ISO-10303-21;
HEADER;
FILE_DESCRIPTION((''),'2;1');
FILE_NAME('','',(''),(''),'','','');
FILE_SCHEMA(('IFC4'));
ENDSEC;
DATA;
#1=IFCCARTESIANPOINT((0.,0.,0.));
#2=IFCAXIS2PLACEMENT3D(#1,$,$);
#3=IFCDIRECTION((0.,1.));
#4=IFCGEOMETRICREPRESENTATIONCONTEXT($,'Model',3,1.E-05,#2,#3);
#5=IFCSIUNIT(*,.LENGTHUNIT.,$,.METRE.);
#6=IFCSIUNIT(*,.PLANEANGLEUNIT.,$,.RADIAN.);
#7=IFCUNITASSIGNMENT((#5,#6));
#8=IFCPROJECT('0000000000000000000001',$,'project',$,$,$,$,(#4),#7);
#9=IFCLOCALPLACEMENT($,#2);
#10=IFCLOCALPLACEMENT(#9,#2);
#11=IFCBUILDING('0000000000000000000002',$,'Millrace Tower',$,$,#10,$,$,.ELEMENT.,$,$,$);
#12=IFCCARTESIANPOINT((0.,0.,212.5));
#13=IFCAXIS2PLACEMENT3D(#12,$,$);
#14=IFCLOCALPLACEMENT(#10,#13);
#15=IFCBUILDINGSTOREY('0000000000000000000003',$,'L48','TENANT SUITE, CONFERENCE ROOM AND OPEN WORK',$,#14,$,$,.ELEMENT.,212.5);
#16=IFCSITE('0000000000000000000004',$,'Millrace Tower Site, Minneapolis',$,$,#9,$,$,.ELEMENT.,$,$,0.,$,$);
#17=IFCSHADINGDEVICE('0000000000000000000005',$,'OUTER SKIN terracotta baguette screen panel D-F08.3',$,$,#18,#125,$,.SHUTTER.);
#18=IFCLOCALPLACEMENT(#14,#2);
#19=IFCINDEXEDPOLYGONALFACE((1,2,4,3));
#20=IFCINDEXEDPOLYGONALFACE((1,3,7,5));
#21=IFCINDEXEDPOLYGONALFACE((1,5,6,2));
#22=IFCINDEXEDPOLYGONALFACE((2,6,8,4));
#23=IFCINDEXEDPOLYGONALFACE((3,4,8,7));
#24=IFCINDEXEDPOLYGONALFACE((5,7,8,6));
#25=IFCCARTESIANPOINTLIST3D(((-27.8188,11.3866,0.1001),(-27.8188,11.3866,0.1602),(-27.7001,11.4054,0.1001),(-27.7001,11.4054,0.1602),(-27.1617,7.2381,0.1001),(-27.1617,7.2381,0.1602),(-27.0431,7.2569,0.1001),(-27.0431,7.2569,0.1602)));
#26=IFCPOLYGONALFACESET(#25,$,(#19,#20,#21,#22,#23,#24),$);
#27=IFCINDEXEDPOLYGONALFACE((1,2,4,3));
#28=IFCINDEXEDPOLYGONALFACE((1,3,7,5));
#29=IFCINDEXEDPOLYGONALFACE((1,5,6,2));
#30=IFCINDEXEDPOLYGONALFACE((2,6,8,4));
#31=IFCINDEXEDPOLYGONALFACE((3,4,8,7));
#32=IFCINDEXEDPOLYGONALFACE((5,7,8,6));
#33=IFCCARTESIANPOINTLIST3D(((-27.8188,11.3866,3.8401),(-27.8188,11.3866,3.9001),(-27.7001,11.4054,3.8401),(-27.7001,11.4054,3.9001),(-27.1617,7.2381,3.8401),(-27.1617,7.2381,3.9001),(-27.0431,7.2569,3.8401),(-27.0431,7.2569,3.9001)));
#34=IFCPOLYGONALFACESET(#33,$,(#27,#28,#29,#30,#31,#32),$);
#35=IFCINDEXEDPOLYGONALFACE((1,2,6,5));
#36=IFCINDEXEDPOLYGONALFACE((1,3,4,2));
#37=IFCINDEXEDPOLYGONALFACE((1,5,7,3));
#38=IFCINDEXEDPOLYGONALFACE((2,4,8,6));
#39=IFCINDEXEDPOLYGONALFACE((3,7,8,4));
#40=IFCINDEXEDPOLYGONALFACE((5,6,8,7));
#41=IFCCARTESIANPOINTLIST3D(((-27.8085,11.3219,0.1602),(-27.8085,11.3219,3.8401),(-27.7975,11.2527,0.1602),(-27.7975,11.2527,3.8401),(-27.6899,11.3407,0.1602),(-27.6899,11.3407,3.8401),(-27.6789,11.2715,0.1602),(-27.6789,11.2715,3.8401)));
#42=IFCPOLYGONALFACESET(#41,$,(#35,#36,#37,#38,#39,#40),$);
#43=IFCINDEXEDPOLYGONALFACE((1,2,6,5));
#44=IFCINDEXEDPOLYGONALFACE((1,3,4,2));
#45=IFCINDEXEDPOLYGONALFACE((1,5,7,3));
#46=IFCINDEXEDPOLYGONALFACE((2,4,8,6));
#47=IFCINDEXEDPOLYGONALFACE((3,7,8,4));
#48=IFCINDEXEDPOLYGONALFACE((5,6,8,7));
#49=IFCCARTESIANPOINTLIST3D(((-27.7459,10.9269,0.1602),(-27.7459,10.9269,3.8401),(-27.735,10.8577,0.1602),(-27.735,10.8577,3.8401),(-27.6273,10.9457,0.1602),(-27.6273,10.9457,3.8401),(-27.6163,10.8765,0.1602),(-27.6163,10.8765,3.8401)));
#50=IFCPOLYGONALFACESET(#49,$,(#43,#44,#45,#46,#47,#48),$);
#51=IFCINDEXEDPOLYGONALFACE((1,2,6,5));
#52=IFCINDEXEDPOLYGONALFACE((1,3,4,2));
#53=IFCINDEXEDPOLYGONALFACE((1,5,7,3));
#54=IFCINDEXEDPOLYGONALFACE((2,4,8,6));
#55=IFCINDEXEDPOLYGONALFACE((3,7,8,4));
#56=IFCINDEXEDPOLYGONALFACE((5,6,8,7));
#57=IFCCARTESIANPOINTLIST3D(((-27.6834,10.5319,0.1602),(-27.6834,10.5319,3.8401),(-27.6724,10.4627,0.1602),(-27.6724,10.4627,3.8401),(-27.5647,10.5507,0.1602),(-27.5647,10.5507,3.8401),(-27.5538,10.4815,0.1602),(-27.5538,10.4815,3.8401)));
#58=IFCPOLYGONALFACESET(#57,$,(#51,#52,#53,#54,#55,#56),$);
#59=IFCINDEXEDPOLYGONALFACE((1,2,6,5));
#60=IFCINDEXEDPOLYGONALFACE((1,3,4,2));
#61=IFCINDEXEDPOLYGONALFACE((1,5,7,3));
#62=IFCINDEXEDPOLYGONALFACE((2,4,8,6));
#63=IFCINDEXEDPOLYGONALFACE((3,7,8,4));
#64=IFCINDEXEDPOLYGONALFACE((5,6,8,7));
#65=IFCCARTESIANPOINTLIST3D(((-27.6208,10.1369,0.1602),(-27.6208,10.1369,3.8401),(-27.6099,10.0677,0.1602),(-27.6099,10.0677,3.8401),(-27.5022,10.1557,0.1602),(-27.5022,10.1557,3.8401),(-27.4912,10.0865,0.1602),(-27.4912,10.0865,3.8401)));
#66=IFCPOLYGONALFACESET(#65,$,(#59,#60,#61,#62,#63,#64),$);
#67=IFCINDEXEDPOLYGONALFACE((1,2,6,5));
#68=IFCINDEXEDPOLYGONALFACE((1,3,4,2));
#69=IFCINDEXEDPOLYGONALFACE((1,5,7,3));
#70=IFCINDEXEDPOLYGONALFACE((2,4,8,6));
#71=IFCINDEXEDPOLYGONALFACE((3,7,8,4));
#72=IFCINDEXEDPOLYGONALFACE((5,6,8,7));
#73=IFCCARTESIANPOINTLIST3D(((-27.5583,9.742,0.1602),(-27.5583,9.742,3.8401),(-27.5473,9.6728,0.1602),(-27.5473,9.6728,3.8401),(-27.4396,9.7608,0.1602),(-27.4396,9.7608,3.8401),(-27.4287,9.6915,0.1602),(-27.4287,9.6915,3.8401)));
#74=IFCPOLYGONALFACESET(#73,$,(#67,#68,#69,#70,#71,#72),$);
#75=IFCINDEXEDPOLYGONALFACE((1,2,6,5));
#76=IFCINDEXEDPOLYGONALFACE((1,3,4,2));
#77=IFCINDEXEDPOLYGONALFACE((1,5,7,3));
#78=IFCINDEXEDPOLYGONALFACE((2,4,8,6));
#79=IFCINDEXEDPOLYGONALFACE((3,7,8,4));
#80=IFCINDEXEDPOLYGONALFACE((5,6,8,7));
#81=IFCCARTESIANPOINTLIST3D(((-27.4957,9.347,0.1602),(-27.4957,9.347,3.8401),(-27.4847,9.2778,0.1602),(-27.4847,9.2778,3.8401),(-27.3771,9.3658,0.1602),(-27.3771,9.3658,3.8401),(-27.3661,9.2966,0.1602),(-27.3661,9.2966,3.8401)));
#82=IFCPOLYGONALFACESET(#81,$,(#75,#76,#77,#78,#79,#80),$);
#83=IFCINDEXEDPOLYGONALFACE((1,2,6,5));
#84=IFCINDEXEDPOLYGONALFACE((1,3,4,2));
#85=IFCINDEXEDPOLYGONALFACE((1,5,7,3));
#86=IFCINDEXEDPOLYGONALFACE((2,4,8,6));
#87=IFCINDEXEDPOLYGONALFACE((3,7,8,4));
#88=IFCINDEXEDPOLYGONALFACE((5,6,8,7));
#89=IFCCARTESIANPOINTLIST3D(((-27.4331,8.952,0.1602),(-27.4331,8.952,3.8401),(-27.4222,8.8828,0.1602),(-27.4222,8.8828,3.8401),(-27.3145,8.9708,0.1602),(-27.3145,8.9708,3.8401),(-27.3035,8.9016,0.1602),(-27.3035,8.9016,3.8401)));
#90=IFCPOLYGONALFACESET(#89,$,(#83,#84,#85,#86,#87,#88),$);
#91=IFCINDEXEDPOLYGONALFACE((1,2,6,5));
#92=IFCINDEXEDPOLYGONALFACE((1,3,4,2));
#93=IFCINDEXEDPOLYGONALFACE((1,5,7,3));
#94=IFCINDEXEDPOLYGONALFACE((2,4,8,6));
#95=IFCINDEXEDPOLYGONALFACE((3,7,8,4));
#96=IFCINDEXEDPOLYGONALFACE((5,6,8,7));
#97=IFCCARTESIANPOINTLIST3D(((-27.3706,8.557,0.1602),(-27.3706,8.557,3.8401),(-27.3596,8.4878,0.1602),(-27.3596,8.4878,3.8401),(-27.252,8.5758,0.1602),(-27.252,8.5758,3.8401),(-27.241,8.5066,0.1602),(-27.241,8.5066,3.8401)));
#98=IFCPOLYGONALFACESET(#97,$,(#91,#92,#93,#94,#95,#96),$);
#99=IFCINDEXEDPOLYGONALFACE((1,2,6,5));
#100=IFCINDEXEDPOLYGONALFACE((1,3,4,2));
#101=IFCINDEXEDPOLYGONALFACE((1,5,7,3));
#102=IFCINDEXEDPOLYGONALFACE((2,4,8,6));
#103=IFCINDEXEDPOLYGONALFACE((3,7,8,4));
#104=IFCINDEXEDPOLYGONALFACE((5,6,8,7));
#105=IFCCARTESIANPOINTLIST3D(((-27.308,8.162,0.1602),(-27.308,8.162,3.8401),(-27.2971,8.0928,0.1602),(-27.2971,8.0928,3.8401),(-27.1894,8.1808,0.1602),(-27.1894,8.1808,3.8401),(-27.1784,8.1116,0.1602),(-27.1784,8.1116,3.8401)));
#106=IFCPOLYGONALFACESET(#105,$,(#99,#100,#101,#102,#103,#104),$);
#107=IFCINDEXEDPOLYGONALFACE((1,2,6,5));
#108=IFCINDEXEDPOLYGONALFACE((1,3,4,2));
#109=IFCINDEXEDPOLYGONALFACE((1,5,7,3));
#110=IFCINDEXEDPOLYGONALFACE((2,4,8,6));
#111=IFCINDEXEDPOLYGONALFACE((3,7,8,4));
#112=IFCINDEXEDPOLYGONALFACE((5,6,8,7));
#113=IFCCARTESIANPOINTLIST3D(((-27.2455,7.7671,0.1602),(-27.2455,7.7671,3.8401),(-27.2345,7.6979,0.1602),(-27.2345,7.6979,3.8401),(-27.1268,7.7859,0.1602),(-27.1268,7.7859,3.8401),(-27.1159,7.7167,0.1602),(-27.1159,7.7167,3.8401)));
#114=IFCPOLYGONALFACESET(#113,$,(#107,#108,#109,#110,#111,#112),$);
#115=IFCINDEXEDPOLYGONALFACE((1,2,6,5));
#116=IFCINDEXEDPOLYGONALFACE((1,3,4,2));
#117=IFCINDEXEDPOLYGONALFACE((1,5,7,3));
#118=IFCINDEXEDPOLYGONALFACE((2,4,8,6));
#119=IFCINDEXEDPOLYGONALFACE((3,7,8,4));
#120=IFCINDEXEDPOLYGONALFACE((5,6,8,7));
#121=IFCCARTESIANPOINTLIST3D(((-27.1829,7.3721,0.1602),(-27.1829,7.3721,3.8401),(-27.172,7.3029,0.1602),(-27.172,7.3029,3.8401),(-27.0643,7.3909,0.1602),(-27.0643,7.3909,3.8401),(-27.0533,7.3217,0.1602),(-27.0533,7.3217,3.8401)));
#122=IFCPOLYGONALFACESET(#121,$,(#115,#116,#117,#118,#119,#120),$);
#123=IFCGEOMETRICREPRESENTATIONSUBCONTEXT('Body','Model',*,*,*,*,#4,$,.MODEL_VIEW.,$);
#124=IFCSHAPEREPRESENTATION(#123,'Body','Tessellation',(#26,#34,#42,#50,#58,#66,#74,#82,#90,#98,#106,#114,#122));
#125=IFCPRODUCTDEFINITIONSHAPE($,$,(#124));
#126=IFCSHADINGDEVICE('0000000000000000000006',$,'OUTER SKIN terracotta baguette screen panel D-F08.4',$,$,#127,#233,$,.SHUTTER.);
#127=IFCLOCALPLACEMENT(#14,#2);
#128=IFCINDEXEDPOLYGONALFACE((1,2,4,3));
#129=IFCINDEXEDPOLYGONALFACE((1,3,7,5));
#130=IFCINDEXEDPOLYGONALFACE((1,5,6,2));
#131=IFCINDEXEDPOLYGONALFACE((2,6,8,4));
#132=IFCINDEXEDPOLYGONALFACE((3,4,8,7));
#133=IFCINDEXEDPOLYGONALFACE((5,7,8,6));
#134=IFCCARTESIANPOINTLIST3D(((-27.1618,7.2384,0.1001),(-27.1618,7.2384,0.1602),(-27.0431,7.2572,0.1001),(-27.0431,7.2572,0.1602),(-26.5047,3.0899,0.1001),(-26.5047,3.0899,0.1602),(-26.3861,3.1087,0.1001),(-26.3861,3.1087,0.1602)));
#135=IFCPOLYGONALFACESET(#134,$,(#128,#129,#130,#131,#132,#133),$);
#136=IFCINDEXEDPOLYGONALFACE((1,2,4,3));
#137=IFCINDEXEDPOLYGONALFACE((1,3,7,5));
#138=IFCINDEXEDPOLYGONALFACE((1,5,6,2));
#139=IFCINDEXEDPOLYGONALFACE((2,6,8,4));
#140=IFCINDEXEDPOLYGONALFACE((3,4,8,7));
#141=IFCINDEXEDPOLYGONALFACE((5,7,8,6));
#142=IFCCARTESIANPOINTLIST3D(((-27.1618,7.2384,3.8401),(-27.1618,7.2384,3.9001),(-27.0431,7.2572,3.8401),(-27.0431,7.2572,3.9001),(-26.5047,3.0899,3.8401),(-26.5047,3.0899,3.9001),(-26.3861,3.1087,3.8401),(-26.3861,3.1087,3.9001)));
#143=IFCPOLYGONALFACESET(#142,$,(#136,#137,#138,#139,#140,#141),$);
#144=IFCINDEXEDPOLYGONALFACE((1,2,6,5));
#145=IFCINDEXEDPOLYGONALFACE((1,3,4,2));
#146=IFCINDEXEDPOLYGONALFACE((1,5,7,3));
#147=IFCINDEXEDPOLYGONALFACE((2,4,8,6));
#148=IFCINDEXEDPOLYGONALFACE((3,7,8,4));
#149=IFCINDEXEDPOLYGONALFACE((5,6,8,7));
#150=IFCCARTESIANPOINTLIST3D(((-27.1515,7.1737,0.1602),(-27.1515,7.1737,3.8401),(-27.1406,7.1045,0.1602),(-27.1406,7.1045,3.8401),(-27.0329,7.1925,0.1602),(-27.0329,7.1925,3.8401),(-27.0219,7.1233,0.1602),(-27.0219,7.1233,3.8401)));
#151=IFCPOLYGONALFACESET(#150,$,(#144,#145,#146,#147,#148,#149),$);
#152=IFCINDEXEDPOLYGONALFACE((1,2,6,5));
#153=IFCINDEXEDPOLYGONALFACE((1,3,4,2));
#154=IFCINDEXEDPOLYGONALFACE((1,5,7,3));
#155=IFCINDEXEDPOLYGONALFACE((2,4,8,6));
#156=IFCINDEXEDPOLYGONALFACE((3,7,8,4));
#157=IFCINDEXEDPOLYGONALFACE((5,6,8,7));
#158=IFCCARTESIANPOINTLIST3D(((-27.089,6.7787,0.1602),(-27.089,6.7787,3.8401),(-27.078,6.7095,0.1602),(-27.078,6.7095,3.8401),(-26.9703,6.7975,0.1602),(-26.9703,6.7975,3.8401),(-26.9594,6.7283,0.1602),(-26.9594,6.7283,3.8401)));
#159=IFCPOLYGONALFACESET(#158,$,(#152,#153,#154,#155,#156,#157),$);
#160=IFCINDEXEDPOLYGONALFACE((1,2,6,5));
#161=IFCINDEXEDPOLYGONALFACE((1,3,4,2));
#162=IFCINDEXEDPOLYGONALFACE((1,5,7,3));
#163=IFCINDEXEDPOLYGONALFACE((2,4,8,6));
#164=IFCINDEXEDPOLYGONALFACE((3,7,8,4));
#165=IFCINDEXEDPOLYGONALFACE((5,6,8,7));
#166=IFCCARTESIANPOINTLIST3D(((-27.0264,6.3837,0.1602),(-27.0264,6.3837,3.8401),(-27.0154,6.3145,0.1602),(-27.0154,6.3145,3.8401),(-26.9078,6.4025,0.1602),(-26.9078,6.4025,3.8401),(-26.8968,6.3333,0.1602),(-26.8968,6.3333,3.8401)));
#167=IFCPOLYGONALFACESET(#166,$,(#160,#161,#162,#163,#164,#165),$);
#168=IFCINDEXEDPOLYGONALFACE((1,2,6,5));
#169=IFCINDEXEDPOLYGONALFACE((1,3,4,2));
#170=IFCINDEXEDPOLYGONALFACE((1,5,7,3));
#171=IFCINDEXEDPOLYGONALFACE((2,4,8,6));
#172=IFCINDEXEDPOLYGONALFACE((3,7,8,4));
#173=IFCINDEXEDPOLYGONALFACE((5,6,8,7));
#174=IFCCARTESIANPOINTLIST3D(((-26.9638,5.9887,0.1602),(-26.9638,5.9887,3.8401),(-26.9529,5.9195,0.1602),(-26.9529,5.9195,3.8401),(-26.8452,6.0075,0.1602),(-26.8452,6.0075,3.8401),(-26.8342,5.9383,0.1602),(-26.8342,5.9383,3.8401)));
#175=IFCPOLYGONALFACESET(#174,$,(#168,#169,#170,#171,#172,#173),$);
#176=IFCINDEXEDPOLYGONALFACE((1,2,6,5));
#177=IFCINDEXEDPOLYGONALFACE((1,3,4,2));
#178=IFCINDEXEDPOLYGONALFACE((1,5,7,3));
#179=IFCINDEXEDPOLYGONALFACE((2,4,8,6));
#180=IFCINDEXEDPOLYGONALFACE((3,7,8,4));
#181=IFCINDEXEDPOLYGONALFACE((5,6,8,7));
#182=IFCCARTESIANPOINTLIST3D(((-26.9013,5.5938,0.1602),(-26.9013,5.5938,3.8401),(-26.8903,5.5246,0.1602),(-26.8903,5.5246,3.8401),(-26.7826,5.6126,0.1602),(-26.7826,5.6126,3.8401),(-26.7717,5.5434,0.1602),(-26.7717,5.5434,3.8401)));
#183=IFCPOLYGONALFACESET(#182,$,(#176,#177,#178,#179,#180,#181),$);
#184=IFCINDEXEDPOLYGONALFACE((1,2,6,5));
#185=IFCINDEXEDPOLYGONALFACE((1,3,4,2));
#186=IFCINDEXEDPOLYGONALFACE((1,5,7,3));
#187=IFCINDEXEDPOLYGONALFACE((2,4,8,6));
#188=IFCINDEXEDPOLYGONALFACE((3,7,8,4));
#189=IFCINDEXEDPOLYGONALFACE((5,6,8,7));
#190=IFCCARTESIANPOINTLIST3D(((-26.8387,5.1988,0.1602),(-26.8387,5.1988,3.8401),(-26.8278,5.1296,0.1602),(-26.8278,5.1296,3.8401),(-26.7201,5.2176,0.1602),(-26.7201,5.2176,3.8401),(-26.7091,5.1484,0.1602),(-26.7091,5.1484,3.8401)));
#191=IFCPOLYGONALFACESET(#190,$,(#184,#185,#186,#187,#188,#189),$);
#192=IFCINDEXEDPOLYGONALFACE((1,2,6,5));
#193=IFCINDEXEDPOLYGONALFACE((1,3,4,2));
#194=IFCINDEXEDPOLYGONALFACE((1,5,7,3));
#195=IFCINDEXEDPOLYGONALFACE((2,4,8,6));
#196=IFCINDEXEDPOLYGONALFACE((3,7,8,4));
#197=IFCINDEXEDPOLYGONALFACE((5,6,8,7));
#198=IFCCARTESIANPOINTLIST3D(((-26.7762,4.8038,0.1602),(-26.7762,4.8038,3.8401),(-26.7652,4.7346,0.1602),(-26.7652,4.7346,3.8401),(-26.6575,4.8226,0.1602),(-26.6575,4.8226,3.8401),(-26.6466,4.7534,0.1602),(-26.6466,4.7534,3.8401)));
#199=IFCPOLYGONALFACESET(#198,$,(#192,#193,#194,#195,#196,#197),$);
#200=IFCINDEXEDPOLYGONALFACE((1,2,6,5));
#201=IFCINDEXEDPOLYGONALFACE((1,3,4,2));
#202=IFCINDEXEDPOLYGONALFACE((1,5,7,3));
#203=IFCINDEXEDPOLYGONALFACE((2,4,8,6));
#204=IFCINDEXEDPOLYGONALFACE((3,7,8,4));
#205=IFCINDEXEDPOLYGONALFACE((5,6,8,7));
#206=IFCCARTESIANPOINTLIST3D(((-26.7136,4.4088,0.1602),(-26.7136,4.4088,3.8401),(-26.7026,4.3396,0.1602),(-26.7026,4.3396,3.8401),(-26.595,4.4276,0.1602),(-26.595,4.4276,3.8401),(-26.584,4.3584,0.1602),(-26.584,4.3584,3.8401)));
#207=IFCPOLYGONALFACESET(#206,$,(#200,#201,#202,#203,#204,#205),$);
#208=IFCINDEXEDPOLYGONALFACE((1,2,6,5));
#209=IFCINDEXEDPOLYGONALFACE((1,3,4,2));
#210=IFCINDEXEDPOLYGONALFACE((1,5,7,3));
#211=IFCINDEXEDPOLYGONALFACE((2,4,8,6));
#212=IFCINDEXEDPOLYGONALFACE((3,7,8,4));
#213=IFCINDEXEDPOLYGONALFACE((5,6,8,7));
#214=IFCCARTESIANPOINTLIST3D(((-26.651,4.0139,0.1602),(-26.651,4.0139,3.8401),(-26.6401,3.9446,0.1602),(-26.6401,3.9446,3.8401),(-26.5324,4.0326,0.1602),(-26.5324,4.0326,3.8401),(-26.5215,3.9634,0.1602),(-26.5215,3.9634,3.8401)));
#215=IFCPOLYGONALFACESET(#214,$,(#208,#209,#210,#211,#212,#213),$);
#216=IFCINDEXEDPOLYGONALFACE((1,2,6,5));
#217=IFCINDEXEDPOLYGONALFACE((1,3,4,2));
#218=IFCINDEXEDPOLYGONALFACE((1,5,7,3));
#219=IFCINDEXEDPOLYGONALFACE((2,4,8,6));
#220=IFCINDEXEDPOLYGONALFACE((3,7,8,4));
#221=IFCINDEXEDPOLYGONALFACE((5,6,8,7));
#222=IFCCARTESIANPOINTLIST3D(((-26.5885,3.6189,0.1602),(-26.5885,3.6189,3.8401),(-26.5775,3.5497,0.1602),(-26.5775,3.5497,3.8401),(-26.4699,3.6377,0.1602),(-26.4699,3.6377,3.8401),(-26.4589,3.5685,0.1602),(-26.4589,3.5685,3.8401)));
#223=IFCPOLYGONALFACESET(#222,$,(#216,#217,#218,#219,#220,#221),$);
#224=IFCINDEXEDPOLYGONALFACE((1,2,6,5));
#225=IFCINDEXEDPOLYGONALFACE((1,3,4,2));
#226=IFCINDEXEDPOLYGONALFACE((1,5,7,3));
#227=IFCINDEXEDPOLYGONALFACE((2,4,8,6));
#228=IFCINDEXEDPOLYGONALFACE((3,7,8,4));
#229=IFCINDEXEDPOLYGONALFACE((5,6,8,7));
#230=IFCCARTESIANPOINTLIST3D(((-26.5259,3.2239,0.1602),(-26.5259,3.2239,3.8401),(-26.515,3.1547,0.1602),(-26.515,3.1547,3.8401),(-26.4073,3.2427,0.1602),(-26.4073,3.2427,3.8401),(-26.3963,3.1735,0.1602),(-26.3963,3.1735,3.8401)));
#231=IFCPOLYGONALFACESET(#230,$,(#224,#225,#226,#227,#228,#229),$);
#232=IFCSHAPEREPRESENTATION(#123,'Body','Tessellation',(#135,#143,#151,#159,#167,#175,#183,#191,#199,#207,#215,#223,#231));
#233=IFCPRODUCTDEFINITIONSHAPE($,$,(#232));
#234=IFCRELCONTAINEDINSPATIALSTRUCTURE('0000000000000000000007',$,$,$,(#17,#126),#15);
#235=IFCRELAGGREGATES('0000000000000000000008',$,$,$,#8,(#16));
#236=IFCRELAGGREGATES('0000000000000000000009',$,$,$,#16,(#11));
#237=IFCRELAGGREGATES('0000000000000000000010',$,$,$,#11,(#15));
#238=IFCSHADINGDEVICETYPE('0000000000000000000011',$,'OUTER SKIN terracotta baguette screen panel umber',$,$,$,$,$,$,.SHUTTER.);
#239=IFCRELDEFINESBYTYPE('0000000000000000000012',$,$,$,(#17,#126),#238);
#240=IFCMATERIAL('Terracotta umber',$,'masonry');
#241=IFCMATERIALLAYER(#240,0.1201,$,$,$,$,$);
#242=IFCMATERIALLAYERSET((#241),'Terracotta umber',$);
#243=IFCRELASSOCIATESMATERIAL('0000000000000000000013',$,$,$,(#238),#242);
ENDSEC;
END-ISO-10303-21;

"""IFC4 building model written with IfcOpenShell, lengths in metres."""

from ifc_helpers import new_model, entity, si_unit, direction, frame, frame_2d, origin, origin_2d, place, context, subcontext, project, spatial, rectangle, extrude, source, transform, mapped, material, layer, layer_set, type_object, element, save


model = new_model("IFC4")

# Units and contexts
model_context = context("Model", 3, precision=1e-05, world=origin(), true_north=direction((0.0, 1.0)))
body_context = subcontext(model_context, "Body", "Model", "MODEL_VIEW")
ifc_project = project(units=[si_unit("LENGTHUNIT", "METRE"), si_unit("PLANEANGLEUNIT", "RADIAN")], contexts=[model_context])

# Site, building, storey
site_placement = place(None, origin())
site = spatial("IfcSite", under=ifc_project, at=site_placement, Name="Millrace Tower Site, Minneapolis", CompositionType="ELEMENT", RefElevation=0.0)
building_placement = place(site_placement, origin())
building = spatial("IfcBuilding", under=site, at=building_placement, Name="Millrace Tower", CompositionType="ELEMENT")
storey_placement = place(building_placement, frame((0.0, 0.0, 212.5)))
storey = spatial("IfcBuildingStorey", under=building, at=storey_placement, Name="L48", Description="TENANT SUITE, CONFERENCE ROOM AND OPEN WORK", CompositionType="ELEMENT", Elevation=212.5)

# Shading devices
ifc_material_1 = material(Name="Terracotta umber", Category="masonry")
ifc_layer_1 = layer(ifc_material_1, 0.1201)
ifc_layer_set_1 = layer_set([ifc_layer_1], Name="Terracotta umber")
shading_device_type = type_object("IfcShadingDeviceType", Name="OUTER SKIN terracotta baguette screen panel umber", PredefinedType="SHUTTER", material=ifc_layer_set_1)
cartesian_point = entity("IfcCartesianPoint", [-2.1001, 0.0601])
shared_polyline = entity("IfcPolyline", [cartesian_point, entity("IfcCartesianPoint", [2.1001, 0.0601]), entity("IfcCartesianPoint", [2.1001, -0.0601]), entity("IfcCartesianPoint", [-2.1001, -0.0601]), cartesian_point])
shared_shape = source(origin(), body_context, "Body", "SweptSolid", [
    entity("IfcExtrudedAreaSolid", entity("IfcArbitraryClosedProfileDef", "AREA", None, shared_polyline), entity("IfcAxis2Placement3D", entity("IfcCartesianPoint", [0.0, 0.0, 0.0])), entity("IfcDirection", [0.0, 0.0, 1.0]), 0.0601),
    entity("IfcExtrudedAreaSolid", entity("IfcArbitraryClosedProfileDef", "AREA", None, shared_polyline), entity("IfcAxis2Placement3D", entity("IfcCartesianPoint", [0.0, 0.0, 3.74])), entity("IfcDirection", [0.0, 0.0, 1.0]), 0.0601),
    extrude(rectangle(XDim=0.0701, YDim=0.1201, at=frame_2d((-1.9995, 0.0))), frame((0.0, 0.0, 0.0601)), (0.0, 0.0, 1.0), 3.6799),
    extrude(rectangle(XDim=0.0701, YDim=0.1201, at=frame_2d((-1.5996, 0.0))), frame((0.0, 0.0, 0.0601)), (0.0, 0.0, 1.0), 3.6799),
    extrude(rectangle(XDim=0.0701, YDim=0.1201, at=frame_2d((-1.1997, 0.0))), frame((0.0, 0.0, 0.0601)), (0.0, 0.0, 1.0), 3.6799),
    extrude(rectangle(XDim=0.0701, YDim=0.1201, at=frame_2d((-0.7998, 0.0))), frame((0.0, 0.0, 0.0601)), (0.0, 0.0, 1.0), 3.6799),
    extrude(rectangle(XDim=0.0701, YDim=0.1201, at=frame_2d((-0.3999, 0.0))), frame((0.0, 0.0, 0.0601)), (0.0, 0.0, 1.0), 3.6799),
    extrude(rectangle(XDim=0.0701, YDim=0.1201, at=origin_2d()), frame((0.0, 0.0, 0.0601)), (0.0, 0.0, 1.0), 3.6799),
    extrude(rectangle(XDim=0.0701, YDim=0.1201, at=frame_2d((0.3999, 0.0))), frame((0.0, 0.0, 0.0601)), (0.0, 0.0, 1.0), 3.6799),
    extrude(rectangle(XDim=0.0701, YDim=0.1201, at=frame_2d((0.7998, 0.0))), frame((0.0, 0.0, 0.0601)), (0.0, 0.0, 1.0), 3.6799),
    extrude(rectangle(XDim=0.0701, YDim=0.1201, at=frame_2d((1.1997, 0.0))), frame((0.0, 0.0, 0.0601)), (0.0, 0.0, 1.0), 3.6799),
    extrude(rectangle(XDim=0.0701, YDim=0.1201, at=frame_2d((1.5996, 0.0))), frame((0.0, 0.0, 0.0601)), (0.0, 0.0, 1.0), 3.6799),
    extrude(rectangle(XDim=0.0701, YDim=0.1201, at=frame_2d((1.9995, 0.0))), frame((0.0, 0.0, 0.0601)), (0.0, 0.0, 1.0), 3.6799),
])
for number, where, z_axis, x_axis, name in (
    (1, (-27.4309, 9.3218, 0.1001), (0.0, 0.0, 1.0), (0.156434, -0.987688, 0.0), "OUTER SKIN terracotta baguette screen panel D-F08.3"),
    (2, (-26.7739, 5.1736, 0.1001), (0.0, 0.0, 1.0), (0.156434, -0.987688, 0.0), "OUTER SKIN terracotta baguette screen panel D-F08.4"),
):
    element("IfcShadingDevice", number, at=place(storey_placement, frame(where, z_axis=z_axis, x_axis=x_axis)), inside=storey, type_object=shading_device_type, Name=name, PredefinedType="SHUTTER", context=body_context, shape_type="MappedRepresentation", body=[
        mapped(shared_shape, transform((0.0, 0.0, 0.0), scale=1.0)),
    ])

save(model, "model.ifc")
